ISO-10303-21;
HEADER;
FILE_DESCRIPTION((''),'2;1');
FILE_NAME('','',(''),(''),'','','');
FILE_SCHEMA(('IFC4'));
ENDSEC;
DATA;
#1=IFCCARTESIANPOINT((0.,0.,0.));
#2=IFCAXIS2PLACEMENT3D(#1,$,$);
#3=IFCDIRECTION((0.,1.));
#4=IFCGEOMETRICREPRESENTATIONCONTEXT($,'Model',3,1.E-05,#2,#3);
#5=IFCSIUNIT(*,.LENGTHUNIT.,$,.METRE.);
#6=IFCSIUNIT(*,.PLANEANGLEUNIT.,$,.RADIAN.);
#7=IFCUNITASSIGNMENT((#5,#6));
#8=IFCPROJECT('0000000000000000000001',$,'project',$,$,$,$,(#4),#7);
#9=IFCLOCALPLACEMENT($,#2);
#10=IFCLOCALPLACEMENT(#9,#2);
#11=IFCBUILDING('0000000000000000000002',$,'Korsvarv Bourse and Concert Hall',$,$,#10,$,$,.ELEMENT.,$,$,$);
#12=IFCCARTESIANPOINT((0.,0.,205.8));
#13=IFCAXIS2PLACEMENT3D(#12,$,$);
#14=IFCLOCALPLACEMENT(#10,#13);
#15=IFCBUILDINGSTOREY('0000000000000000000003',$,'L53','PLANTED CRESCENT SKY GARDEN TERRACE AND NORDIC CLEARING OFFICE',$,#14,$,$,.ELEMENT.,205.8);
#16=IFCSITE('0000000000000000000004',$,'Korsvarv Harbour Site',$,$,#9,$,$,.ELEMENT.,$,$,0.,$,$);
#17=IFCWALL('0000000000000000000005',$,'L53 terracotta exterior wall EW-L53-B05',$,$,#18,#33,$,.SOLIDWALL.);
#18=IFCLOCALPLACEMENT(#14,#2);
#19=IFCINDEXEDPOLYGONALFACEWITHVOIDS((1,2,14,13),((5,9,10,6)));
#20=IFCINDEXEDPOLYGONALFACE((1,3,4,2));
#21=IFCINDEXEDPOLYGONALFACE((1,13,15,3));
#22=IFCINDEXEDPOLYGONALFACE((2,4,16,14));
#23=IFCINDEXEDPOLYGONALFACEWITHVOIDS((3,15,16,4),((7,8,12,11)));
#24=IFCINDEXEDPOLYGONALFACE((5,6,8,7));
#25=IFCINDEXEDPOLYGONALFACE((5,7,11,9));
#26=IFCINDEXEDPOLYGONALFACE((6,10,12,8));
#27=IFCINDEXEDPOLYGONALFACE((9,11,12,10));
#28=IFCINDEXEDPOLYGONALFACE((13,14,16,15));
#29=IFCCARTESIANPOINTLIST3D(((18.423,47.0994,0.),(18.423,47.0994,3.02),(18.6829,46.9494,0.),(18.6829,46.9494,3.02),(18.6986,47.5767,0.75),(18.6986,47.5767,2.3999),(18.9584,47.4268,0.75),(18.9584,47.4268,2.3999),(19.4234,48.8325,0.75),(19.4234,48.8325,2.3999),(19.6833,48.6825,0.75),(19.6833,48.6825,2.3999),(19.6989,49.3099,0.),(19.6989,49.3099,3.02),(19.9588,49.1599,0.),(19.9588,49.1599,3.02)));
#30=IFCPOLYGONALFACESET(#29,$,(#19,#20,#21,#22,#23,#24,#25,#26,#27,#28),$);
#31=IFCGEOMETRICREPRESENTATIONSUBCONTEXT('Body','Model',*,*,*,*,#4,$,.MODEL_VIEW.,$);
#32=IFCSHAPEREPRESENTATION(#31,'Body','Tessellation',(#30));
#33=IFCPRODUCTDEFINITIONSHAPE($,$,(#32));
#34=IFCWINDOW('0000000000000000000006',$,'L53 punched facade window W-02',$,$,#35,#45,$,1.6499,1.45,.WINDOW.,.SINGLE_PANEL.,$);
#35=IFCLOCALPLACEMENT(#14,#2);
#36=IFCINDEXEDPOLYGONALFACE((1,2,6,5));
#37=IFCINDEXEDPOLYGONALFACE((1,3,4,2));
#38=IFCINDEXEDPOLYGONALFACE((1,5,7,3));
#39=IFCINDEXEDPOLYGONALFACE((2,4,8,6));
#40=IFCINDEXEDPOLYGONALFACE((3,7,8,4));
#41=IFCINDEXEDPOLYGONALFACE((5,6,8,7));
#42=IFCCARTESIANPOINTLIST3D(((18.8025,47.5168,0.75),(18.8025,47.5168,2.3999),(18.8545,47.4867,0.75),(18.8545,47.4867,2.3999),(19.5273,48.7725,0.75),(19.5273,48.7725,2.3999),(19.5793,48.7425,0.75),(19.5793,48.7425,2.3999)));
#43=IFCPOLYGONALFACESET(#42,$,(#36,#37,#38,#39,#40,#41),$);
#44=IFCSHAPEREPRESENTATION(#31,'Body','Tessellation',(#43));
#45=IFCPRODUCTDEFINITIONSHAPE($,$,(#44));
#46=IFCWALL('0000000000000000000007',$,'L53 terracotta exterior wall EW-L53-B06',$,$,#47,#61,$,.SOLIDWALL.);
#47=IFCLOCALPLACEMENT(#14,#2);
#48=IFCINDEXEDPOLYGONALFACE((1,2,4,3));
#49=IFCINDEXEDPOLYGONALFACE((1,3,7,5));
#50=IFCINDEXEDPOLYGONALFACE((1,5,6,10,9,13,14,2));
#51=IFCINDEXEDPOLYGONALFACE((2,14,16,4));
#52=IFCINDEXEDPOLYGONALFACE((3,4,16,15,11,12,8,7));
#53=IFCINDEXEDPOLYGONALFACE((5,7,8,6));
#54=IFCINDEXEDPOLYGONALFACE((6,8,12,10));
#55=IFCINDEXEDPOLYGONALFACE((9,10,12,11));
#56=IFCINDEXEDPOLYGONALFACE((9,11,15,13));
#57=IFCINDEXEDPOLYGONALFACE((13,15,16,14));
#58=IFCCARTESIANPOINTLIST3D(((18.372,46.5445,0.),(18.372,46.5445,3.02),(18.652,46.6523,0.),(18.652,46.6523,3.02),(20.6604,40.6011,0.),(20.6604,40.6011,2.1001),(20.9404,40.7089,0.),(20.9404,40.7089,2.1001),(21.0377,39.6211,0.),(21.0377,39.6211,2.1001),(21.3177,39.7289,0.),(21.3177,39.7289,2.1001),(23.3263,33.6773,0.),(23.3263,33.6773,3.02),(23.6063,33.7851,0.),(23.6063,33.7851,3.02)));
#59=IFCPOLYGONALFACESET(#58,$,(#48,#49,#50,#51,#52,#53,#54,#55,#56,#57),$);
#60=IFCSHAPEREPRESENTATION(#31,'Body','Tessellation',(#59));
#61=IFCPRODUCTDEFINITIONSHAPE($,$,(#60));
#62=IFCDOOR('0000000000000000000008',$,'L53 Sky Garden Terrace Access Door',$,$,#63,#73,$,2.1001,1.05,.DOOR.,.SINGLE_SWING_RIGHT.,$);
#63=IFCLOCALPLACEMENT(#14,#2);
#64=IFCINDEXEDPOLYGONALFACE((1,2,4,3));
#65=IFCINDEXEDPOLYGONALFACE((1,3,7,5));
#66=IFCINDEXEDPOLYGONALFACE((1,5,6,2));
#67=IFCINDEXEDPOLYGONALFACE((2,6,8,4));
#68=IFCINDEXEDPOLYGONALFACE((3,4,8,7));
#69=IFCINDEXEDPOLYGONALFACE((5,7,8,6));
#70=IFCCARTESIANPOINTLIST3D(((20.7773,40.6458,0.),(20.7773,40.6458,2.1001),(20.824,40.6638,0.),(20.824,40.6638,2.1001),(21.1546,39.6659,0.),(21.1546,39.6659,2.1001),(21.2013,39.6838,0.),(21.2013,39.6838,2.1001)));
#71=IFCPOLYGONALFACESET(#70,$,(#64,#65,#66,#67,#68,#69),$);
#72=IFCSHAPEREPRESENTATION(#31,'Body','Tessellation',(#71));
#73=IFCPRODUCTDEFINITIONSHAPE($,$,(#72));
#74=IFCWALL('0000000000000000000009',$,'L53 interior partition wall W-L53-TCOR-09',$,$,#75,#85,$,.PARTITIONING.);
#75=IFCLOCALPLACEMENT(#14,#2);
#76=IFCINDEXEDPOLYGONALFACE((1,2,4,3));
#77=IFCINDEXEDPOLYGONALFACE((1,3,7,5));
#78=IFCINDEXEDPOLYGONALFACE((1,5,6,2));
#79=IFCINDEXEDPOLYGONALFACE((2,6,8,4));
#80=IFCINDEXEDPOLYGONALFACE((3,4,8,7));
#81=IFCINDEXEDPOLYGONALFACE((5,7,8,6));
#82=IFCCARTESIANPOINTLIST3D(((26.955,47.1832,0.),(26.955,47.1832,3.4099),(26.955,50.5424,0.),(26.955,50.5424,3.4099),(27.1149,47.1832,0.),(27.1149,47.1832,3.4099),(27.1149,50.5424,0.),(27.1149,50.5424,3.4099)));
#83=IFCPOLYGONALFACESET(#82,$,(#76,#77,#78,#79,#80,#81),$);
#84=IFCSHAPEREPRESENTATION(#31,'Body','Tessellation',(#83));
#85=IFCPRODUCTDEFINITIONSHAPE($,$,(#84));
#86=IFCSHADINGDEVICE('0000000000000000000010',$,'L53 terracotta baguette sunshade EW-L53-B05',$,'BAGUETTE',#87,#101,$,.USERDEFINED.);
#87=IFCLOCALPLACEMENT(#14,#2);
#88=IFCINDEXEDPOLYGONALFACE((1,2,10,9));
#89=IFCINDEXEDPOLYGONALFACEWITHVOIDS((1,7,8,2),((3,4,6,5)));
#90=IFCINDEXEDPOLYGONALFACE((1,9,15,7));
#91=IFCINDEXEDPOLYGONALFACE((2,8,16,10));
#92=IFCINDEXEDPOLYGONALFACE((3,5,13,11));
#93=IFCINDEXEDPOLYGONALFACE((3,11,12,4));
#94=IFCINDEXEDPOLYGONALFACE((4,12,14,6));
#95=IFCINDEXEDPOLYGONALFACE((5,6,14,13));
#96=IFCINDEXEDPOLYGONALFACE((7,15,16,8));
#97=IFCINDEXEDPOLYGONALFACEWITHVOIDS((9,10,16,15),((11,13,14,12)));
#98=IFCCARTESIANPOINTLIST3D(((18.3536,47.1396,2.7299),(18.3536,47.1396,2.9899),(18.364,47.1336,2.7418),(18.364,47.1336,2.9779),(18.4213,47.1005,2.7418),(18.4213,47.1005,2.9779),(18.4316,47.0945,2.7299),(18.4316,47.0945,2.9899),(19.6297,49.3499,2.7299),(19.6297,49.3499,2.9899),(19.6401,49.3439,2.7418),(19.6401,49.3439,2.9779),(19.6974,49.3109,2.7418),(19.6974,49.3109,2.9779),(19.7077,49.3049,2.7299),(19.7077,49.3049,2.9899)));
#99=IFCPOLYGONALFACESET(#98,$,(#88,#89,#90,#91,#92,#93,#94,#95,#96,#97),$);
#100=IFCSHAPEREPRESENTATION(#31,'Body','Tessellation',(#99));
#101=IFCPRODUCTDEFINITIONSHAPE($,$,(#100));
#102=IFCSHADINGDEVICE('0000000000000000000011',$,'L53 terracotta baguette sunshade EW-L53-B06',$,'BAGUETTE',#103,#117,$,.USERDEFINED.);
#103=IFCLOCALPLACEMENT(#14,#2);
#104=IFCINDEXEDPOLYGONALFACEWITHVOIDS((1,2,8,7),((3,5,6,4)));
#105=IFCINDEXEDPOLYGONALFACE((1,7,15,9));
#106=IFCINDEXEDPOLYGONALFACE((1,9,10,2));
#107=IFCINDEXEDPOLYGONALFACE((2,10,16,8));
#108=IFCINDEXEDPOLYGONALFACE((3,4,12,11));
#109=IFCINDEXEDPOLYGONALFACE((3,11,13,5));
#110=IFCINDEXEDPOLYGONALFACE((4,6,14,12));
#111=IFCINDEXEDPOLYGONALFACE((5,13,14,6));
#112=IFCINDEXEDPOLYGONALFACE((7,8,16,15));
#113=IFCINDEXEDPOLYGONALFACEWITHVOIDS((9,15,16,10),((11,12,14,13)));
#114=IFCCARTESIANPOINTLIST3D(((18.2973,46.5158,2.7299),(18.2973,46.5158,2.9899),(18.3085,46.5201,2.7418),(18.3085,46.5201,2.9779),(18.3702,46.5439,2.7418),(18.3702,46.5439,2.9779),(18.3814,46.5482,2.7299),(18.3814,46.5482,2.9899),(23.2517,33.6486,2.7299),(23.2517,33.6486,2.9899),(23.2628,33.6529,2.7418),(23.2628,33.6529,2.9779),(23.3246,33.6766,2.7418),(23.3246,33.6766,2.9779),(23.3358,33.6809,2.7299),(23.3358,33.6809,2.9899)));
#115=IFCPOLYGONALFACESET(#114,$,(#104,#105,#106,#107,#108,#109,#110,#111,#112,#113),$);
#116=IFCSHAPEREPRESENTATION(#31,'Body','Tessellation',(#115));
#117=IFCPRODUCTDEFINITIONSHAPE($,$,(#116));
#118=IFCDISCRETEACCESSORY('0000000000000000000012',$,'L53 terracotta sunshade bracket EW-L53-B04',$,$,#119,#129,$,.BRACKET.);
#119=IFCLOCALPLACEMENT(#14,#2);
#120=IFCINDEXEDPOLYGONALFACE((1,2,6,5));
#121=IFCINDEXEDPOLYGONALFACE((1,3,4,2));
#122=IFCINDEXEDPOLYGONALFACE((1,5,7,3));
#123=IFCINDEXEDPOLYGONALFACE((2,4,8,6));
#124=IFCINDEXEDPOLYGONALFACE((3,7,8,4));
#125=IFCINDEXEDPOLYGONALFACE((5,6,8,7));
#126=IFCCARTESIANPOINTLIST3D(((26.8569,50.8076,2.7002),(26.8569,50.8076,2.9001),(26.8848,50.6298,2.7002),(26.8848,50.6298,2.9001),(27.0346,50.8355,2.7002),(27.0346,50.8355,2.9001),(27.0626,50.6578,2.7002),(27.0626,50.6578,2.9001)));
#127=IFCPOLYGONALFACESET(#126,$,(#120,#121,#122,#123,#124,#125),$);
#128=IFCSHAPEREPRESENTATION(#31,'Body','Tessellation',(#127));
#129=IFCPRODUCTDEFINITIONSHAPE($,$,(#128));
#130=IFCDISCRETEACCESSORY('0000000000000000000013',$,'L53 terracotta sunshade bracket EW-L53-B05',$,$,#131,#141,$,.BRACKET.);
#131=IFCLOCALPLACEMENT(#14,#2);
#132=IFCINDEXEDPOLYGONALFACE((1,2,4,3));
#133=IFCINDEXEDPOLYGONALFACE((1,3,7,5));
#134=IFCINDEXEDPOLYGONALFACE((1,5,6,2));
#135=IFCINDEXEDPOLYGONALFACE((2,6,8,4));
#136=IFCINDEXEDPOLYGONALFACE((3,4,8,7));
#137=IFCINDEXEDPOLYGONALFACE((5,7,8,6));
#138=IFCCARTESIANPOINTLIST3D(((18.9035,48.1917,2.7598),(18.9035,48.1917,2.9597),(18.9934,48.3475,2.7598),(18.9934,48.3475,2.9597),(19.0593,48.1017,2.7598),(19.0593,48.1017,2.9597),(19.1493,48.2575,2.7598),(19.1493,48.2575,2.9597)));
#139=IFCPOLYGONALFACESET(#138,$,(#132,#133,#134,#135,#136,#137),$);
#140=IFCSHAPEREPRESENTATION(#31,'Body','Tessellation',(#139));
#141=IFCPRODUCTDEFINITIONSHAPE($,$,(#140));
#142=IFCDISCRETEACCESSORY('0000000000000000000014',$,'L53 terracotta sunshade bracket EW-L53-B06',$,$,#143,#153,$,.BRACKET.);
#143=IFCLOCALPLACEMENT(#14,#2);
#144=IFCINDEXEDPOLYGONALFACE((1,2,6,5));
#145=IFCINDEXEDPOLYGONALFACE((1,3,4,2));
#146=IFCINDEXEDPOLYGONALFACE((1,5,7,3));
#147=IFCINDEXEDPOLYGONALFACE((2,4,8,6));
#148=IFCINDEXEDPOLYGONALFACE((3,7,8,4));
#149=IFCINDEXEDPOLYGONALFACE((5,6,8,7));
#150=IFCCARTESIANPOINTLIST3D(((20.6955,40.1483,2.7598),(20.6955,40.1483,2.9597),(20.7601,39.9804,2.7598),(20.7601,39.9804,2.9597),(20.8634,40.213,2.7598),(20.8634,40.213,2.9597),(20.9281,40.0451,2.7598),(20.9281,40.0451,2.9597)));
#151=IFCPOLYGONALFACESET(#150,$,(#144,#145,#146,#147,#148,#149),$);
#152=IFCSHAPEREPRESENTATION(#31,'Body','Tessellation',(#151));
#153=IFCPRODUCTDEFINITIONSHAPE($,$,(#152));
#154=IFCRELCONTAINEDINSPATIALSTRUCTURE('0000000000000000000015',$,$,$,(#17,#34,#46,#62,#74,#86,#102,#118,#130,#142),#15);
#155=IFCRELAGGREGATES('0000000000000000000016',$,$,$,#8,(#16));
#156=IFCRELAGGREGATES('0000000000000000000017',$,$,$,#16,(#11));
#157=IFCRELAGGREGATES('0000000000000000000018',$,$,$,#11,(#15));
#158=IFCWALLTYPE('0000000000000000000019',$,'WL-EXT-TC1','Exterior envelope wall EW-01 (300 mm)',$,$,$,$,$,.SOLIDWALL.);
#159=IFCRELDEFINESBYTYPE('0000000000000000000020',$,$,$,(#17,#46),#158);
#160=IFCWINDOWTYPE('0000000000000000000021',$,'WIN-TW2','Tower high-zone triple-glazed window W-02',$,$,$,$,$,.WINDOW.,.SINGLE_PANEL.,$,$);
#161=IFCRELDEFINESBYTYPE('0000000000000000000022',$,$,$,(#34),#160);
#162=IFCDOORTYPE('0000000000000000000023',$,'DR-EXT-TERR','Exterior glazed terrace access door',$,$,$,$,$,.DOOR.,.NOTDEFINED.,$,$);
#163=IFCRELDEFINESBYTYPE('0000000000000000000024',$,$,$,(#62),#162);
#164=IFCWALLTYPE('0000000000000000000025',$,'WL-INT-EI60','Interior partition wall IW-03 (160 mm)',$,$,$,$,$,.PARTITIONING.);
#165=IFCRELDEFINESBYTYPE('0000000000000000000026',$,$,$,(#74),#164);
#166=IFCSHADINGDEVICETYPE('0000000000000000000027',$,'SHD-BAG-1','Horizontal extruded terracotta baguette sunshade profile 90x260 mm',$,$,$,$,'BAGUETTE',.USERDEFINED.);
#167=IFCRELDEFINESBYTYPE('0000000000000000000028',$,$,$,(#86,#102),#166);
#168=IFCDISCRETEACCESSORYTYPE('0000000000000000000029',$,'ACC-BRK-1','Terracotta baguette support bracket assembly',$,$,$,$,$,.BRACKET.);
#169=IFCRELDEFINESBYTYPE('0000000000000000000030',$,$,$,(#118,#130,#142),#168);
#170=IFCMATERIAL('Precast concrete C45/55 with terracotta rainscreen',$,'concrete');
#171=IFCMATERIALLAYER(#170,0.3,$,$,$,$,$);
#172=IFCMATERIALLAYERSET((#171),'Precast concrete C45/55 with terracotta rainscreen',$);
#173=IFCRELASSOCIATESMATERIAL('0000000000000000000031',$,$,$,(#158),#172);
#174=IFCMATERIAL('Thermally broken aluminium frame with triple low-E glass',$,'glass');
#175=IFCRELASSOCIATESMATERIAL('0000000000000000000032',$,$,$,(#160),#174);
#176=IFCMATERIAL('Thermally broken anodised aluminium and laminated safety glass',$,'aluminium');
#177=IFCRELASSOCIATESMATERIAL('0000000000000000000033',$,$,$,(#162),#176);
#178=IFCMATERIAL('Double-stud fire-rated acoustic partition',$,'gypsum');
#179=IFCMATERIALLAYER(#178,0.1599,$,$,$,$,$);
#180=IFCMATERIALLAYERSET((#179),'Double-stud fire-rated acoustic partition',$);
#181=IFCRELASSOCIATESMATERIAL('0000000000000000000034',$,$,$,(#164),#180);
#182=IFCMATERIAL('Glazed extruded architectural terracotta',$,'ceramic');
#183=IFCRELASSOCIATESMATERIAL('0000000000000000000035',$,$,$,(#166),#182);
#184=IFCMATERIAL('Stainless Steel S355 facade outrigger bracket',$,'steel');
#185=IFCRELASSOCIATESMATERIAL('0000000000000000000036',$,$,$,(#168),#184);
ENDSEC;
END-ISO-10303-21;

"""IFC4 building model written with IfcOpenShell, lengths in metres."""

from ifc_helpers import new_model, si_unit, direction, frame, frame_2d, origin, origin_2d, place, context, subcontext, project, spatial, rectangle, hollow_rectangle, extrude, source, transform, mapped, material, layer, layer_set, material_profile, profile_set, type_object, element, fill, save


model = new_model("IFC4")

# Units and contexts
model_context = context("Model", 3, precision=1e-05, world=origin(), true_north=direction((0.0, 1.0)))
body_context = subcontext(model_context, "Body", "Model", "MODEL_VIEW")
ifc_project = project(units=[si_unit("LENGTHUNIT", "METRE"), si_unit("PLANEANGLEUNIT", "RADIAN")], contexts=[model_context])

# Site, building, storey
site_placement = place(None, origin())
site = spatial("IfcSite", under=ifc_project, at=site_placement, Name="Korsvarv Harbour Site", CompositionType="ELEMENT", RefElevation=0.0)
building_placement = place(site_placement, origin())
building = spatial("IfcBuilding", under=site, at=building_placement, Name="Korsvarv Bourse and Concert Hall", CompositionType="ELEMENT")
storey_placement = place(building_placement, frame((0.0, 0.0, 205.8)))
storey = spatial("IfcBuildingStorey", under=building, at=storey_placement, Name="L53", Description="PLANTED CRESCENT SKY GARDEN TERRACE AND NORDIC CLEARING OFFICE", CompositionType="ELEMENT", Elevation=205.8)

# Wall, opening, window
ifc_material_1 = material(Name="Precast concrete C45/55 with terracotta rainscreen", Category="concrete")
ifc_layer_1 = layer(ifc_material_1, 0.3)
ifc_layer_set_1 = layer_set([ifc_layer_1], Name="Precast concrete C45/55 with terracotta rainscreen")
wall_type_1 = type_object("IfcWallType", Name="WL-EXT-TC1", Description="Exterior envelope wall EW-01 (300 mm)", PredefinedType="SOLIDWALL", material=ifc_layer_set_1)
wall_1_placement = place(storey_placement, frame((19.8289, 49.2349, 0.0), z_axis=(0.0, 0.0, 1.0), x_axis=(-0.499905, -0.86608, 0.0)))
wall_1 = element("IfcWall", 1, at=wall_1_placement, inside=storey, type_object=wall_type_1, Name="L53 terracotta exterior wall EW-L53-B05", PredefinedType="SOLIDWALL", context=body_context, shape_type="SweptSolid", body=[
    extrude(rectangle(XDim=2.5522, YDim=0.3, at=frame_2d((1.2761, 0.0))), origin(), (0.0, 0.0, 1.0), 3.02),
])
opening_1_placement = place(wall_1_placement, frame((0.551, 0.0, 0.75)))
opening_1 = element("IfcOpeningElement", 2, at=opening_1_placement, cuts=wall_1, PredefinedType="OPENING", context=body_context, shape_type="SweptSolid", body=[
    extrude(rectangle(XDim=1.45, YDim=1.6499, at=frame_2d((0.7251, 0.825))), frame((0.0, 0.1602, 0.0), z_axis=(0.0, -1.0, 0.0), x_axis=(1.0, 0.0, 0.0)), (0.0, 0.0, 1.0), 0.3201),
])
ifc_material_2 = material(Name="Thermally broken aluminium frame with triple low-E glass", Category="glass")
window_type = type_object("IfcWindowType", Name="WIN-TW2", Description="Tower high-zone triple-glazed window W-02", PartitioningType="SINGLE_PANEL", PredefinedType="WINDOW", material=ifc_material_2)
window_placement = place(opening_1_placement, origin())
window = element("IfcWindow", 3, at=window_placement, inside=storey, type_object=window_type, Name="L53 punched facade window W-02", OverallHeight=1.6499, OverallWidth=1.45, PartitioningType="SINGLE_PANEL", PredefinedType="WINDOW", context=body_context, shape_type="SweptSolid", body=[
    extrude(rectangle(XDim=1.45, YDim=1.6499, at=frame_2d((0.7251, 0.825))), frame((0.0, 0.03, 0.0), z_axis=(0.0, -1.0, 0.0), x_axis=(1.0, 0.0, 0.0)), (0.0, 0.0, 1.0), 0.0601),
])
fill(opening_1, window)

# Wall, opening, door
wall_2_placement = place(storey_placement, frame((18.512, 46.5984, 0.0), z_axis=(0.0, 0.0, 1.0), x_axis=(0.359322, -0.933214, 0.0)))
wall_2 = element("IfcWall", 4, at=wall_2_placement, inside=storey, type_object=wall_type_1, Name="L53 terracotta exterior wall EW-L53-B06", PredefinedType="SOLIDWALL", context=body_context, shape_type="SweptSolid", body=[
    extrude(rectangle(XDim=13.7881, YDim=0.3, at=frame_2d((6.894, 0.0))), origin(), (0.0, 0.0, 1.0), 3.02),
])
opening_2_placement = place(wall_2_placement, frame((6.3689, 0.0, 0.0)))
opening_2 = element("IfcOpeningElement", 5, at=opening_2_placement, cuts=wall_2, PredefinedType="OPENING", context=body_context, shape_type="SweptSolid", body=[
    extrude(rectangle(XDim=1.05, YDim=2.1001, at=frame_2d((0.5249, 1.05))), frame((0.0, 0.1602, 0.0), z_axis=(0.0, -1.0, 0.0), x_axis=(1.0, 0.0, 0.0)), (0.0, 0.0, 1.0), 0.3201),
])
ifc_material_3 = material(Name="Thermally broken anodised aluminium and laminated safety glass", Category="aluminium")
door_type = type_object("IfcDoorType", Name="DR-EXT-TERR", Description="Exterior glazed terrace access door", OperationType="NOTDEFINED", PredefinedType="DOOR", material=ifc_material_3)
door_placement = place(opening_2_placement, frame((1.05, 0.0, 0.0), z_axis=(0.0, 0.0, 1.0), x_axis=(-1.0, 0.0, 0.0)))
door = element("IfcDoor", 6, at=door_placement, inside=storey, type_object=door_type, Name="L53 Sky Garden Terrace Access Door", OperationType="SINGLE_SWING_RIGHT", OverallHeight=2.1001, OverallWidth=1.05, PredefinedType="DOOR", context=body_context, shape_type="SweptSolid", body=[
    extrude(rectangle(XDim=1.05, YDim=2.1001, at=frame_2d((0.5249, 1.05))), frame((0.0, 0.0249, 0.0), z_axis=(0.0, -1.0, 0.0), x_axis=(1.0, 0.0, 0.0)), (0.0, 0.0, 1.0), 0.05),
])
fill(opening_2, door)

# Wall
ifc_material_4 = material(Name="Double-stud fire-rated acoustic partition", Category="gypsum")
ifc_layer_2 = layer(ifc_material_4, 0.1599)
ifc_layer_set_2 = layer_set([ifc_layer_2], Name="Double-stud fire-rated acoustic partition")
wall_type_2 = type_object("IfcWallType", Name="WL-INT-EI60", Description="Interior partition wall IW-03 (160 mm)", PredefinedType="PARTITIONING", material=ifc_layer_set_2)
wall_3_placement = place(storey_placement, frame((27.0349, 47.1831, 0.0), z_axis=(0.0, 0.0, 1.0), x_axis=(0.0, 1.0, 0.0)))
element("IfcWall", 7, at=wall_3_placement, inside=storey, type_object=wall_type_2, Name="L53 interior partition wall W-L53-TCOR-09", PredefinedType="PARTITIONING", context=body_context, shape_type="SweptSolid", body=[
    extrude(rectangle(XDim=3.3591, YDim=0.1599, at=frame_2d((1.6797, 0.0))), origin(), (0.0, 0.0, 1.0), 3.4099),
])

# Shading devices
ifc_material_5 = material(Name="Glazed extruded architectural terracotta", Category="ceramic")
ifc_material_profile_1 = material_profile(ifc_material_5, hollow_rectangle(XDim=0.0901, YDim=0.26, WallThickness=0.012, at=origin_2d()), Name="TC-BAG 90x260")
ifc_profile_set_1 = profile_set([ifc_material_profile_1], Name="Glazed extruded architectural terracotta")
shading_device_type = type_object("IfcShadingDeviceType", Name="SHD-BAG-1", Description="Horizontal extruded terracotta baguette sunshade profile 90x260 mm", ElementType="BAGUETTE", PredefinedType="USERDEFINED", material=ifc_profile_set_1)
shared_shape_1 = source(origin(), body_context, "Body", "SweptSolid", [
    extrude(hollow_rectangle(XDim=0.0901, YDim=0.26, WallThickness=0.012, at=origin_2d()), origin(), (0.0, 0.0, 1.0), 2.5522),
])
shading_device_1_placement = place(storey_placement, frame((19.6687, 49.3274, 2.8599), z_axis=(-0.499976, -0.866039, 0.0), x_axis=(0.866039, -0.499976, 0.0)))
element("IfcShadingDevice", 8, at=shading_device_1_placement, inside=storey, type_object=shading_device_type, Name="L53 terracotta baguette sunshade EW-L53-B05", ObjectType="BAGUETTE", PredefinedType="USERDEFINED", context=body_context, shape_type="MappedRepresentation", body=[
    mapped(shared_shape_1, transform((0.0, 0.0, 0.0), scale=1.0)),
])
shared_shape_2 = source(origin(), body_context, "Body", "SweptSolid", [
    extrude(hollow_rectangle(XDim=0.0901, YDim=0.26, WallThickness=0.012, at=origin_2d()), origin(), (0.0, 0.0, 1.0), 13.7881),
])
shading_device_2_placement = place(storey_placement, frame((18.3394, 46.532, 2.8599), z_axis=(0.359322, -0.933214, 0.0), x_axis=(0.933214, 0.359322, 0.0)))
element("IfcShadingDevice", 9, at=shading_device_2_placement, inside=storey, type_object=shading_device_type, Name="L53 terracotta baguette sunshade EW-L53-B06", ObjectType="BAGUETTE", PredefinedType="USERDEFINED", context=body_context, shape_type="MappedRepresentation", body=[
    mapped(shared_shape_2, transform((0.0, 0.0, 0.0), scale=1.0)),
])

# Discrete accessories
ifc_material_6 = material(Name="Stainless Steel S355 facade outrigger bracket", Category="steel")
discrete_accessory_type = type_object("IfcDiscreteAccessoryType", Name="ACC-BRK-1", Description="Terracotta baguette support bracket assembly", PredefinedType="BRACKET", material=ifc_material_6)
shared_shape_3 = source(origin(), body_context, "Body", "SweptSolid", [
    extrude(rectangle(XDim=0.1799, YDim=0.1799, at=origin_2d()), origin(), (0.0, 0.0, 1.0), 0.2),
])
for number, where, z_axis, x_axis, name in (
    (10, (26.9597, 50.7327, 2.7002), (0.0, 0.0, 1.0), (-0.987852, -0.1554, 0.0), "L53 terracotta sunshade bracket EW-L53-B04"),
    (11, (19.0264, 48.2246, 2.7598), (0.0, 0.0, 1.0), (-0.5, -0.866025, 0.0), "L53 terracotta sunshade bracket EW-L53-B05"),
    (12, (20.8118, 40.0967, 2.7598), (0.0, 0.0, 1.0), (0.359345, -0.933205, 0.0), "L53 terracotta sunshade bracket EW-L53-B06"),
):
    element("IfcDiscreteAccessory", number, at=place(storey_placement, frame(where, z_axis=z_axis, x_axis=x_axis)), inside=storey, type_object=discrete_accessory_type, Name=name, PredefinedType="BRACKET", context=body_context, shape_type="MappedRepresentation", body=[
        mapped(shared_shape_3, transform((0.0, 0.0, 0.0), scale=1.0)),
    ])

save(model, "model.ifc")
